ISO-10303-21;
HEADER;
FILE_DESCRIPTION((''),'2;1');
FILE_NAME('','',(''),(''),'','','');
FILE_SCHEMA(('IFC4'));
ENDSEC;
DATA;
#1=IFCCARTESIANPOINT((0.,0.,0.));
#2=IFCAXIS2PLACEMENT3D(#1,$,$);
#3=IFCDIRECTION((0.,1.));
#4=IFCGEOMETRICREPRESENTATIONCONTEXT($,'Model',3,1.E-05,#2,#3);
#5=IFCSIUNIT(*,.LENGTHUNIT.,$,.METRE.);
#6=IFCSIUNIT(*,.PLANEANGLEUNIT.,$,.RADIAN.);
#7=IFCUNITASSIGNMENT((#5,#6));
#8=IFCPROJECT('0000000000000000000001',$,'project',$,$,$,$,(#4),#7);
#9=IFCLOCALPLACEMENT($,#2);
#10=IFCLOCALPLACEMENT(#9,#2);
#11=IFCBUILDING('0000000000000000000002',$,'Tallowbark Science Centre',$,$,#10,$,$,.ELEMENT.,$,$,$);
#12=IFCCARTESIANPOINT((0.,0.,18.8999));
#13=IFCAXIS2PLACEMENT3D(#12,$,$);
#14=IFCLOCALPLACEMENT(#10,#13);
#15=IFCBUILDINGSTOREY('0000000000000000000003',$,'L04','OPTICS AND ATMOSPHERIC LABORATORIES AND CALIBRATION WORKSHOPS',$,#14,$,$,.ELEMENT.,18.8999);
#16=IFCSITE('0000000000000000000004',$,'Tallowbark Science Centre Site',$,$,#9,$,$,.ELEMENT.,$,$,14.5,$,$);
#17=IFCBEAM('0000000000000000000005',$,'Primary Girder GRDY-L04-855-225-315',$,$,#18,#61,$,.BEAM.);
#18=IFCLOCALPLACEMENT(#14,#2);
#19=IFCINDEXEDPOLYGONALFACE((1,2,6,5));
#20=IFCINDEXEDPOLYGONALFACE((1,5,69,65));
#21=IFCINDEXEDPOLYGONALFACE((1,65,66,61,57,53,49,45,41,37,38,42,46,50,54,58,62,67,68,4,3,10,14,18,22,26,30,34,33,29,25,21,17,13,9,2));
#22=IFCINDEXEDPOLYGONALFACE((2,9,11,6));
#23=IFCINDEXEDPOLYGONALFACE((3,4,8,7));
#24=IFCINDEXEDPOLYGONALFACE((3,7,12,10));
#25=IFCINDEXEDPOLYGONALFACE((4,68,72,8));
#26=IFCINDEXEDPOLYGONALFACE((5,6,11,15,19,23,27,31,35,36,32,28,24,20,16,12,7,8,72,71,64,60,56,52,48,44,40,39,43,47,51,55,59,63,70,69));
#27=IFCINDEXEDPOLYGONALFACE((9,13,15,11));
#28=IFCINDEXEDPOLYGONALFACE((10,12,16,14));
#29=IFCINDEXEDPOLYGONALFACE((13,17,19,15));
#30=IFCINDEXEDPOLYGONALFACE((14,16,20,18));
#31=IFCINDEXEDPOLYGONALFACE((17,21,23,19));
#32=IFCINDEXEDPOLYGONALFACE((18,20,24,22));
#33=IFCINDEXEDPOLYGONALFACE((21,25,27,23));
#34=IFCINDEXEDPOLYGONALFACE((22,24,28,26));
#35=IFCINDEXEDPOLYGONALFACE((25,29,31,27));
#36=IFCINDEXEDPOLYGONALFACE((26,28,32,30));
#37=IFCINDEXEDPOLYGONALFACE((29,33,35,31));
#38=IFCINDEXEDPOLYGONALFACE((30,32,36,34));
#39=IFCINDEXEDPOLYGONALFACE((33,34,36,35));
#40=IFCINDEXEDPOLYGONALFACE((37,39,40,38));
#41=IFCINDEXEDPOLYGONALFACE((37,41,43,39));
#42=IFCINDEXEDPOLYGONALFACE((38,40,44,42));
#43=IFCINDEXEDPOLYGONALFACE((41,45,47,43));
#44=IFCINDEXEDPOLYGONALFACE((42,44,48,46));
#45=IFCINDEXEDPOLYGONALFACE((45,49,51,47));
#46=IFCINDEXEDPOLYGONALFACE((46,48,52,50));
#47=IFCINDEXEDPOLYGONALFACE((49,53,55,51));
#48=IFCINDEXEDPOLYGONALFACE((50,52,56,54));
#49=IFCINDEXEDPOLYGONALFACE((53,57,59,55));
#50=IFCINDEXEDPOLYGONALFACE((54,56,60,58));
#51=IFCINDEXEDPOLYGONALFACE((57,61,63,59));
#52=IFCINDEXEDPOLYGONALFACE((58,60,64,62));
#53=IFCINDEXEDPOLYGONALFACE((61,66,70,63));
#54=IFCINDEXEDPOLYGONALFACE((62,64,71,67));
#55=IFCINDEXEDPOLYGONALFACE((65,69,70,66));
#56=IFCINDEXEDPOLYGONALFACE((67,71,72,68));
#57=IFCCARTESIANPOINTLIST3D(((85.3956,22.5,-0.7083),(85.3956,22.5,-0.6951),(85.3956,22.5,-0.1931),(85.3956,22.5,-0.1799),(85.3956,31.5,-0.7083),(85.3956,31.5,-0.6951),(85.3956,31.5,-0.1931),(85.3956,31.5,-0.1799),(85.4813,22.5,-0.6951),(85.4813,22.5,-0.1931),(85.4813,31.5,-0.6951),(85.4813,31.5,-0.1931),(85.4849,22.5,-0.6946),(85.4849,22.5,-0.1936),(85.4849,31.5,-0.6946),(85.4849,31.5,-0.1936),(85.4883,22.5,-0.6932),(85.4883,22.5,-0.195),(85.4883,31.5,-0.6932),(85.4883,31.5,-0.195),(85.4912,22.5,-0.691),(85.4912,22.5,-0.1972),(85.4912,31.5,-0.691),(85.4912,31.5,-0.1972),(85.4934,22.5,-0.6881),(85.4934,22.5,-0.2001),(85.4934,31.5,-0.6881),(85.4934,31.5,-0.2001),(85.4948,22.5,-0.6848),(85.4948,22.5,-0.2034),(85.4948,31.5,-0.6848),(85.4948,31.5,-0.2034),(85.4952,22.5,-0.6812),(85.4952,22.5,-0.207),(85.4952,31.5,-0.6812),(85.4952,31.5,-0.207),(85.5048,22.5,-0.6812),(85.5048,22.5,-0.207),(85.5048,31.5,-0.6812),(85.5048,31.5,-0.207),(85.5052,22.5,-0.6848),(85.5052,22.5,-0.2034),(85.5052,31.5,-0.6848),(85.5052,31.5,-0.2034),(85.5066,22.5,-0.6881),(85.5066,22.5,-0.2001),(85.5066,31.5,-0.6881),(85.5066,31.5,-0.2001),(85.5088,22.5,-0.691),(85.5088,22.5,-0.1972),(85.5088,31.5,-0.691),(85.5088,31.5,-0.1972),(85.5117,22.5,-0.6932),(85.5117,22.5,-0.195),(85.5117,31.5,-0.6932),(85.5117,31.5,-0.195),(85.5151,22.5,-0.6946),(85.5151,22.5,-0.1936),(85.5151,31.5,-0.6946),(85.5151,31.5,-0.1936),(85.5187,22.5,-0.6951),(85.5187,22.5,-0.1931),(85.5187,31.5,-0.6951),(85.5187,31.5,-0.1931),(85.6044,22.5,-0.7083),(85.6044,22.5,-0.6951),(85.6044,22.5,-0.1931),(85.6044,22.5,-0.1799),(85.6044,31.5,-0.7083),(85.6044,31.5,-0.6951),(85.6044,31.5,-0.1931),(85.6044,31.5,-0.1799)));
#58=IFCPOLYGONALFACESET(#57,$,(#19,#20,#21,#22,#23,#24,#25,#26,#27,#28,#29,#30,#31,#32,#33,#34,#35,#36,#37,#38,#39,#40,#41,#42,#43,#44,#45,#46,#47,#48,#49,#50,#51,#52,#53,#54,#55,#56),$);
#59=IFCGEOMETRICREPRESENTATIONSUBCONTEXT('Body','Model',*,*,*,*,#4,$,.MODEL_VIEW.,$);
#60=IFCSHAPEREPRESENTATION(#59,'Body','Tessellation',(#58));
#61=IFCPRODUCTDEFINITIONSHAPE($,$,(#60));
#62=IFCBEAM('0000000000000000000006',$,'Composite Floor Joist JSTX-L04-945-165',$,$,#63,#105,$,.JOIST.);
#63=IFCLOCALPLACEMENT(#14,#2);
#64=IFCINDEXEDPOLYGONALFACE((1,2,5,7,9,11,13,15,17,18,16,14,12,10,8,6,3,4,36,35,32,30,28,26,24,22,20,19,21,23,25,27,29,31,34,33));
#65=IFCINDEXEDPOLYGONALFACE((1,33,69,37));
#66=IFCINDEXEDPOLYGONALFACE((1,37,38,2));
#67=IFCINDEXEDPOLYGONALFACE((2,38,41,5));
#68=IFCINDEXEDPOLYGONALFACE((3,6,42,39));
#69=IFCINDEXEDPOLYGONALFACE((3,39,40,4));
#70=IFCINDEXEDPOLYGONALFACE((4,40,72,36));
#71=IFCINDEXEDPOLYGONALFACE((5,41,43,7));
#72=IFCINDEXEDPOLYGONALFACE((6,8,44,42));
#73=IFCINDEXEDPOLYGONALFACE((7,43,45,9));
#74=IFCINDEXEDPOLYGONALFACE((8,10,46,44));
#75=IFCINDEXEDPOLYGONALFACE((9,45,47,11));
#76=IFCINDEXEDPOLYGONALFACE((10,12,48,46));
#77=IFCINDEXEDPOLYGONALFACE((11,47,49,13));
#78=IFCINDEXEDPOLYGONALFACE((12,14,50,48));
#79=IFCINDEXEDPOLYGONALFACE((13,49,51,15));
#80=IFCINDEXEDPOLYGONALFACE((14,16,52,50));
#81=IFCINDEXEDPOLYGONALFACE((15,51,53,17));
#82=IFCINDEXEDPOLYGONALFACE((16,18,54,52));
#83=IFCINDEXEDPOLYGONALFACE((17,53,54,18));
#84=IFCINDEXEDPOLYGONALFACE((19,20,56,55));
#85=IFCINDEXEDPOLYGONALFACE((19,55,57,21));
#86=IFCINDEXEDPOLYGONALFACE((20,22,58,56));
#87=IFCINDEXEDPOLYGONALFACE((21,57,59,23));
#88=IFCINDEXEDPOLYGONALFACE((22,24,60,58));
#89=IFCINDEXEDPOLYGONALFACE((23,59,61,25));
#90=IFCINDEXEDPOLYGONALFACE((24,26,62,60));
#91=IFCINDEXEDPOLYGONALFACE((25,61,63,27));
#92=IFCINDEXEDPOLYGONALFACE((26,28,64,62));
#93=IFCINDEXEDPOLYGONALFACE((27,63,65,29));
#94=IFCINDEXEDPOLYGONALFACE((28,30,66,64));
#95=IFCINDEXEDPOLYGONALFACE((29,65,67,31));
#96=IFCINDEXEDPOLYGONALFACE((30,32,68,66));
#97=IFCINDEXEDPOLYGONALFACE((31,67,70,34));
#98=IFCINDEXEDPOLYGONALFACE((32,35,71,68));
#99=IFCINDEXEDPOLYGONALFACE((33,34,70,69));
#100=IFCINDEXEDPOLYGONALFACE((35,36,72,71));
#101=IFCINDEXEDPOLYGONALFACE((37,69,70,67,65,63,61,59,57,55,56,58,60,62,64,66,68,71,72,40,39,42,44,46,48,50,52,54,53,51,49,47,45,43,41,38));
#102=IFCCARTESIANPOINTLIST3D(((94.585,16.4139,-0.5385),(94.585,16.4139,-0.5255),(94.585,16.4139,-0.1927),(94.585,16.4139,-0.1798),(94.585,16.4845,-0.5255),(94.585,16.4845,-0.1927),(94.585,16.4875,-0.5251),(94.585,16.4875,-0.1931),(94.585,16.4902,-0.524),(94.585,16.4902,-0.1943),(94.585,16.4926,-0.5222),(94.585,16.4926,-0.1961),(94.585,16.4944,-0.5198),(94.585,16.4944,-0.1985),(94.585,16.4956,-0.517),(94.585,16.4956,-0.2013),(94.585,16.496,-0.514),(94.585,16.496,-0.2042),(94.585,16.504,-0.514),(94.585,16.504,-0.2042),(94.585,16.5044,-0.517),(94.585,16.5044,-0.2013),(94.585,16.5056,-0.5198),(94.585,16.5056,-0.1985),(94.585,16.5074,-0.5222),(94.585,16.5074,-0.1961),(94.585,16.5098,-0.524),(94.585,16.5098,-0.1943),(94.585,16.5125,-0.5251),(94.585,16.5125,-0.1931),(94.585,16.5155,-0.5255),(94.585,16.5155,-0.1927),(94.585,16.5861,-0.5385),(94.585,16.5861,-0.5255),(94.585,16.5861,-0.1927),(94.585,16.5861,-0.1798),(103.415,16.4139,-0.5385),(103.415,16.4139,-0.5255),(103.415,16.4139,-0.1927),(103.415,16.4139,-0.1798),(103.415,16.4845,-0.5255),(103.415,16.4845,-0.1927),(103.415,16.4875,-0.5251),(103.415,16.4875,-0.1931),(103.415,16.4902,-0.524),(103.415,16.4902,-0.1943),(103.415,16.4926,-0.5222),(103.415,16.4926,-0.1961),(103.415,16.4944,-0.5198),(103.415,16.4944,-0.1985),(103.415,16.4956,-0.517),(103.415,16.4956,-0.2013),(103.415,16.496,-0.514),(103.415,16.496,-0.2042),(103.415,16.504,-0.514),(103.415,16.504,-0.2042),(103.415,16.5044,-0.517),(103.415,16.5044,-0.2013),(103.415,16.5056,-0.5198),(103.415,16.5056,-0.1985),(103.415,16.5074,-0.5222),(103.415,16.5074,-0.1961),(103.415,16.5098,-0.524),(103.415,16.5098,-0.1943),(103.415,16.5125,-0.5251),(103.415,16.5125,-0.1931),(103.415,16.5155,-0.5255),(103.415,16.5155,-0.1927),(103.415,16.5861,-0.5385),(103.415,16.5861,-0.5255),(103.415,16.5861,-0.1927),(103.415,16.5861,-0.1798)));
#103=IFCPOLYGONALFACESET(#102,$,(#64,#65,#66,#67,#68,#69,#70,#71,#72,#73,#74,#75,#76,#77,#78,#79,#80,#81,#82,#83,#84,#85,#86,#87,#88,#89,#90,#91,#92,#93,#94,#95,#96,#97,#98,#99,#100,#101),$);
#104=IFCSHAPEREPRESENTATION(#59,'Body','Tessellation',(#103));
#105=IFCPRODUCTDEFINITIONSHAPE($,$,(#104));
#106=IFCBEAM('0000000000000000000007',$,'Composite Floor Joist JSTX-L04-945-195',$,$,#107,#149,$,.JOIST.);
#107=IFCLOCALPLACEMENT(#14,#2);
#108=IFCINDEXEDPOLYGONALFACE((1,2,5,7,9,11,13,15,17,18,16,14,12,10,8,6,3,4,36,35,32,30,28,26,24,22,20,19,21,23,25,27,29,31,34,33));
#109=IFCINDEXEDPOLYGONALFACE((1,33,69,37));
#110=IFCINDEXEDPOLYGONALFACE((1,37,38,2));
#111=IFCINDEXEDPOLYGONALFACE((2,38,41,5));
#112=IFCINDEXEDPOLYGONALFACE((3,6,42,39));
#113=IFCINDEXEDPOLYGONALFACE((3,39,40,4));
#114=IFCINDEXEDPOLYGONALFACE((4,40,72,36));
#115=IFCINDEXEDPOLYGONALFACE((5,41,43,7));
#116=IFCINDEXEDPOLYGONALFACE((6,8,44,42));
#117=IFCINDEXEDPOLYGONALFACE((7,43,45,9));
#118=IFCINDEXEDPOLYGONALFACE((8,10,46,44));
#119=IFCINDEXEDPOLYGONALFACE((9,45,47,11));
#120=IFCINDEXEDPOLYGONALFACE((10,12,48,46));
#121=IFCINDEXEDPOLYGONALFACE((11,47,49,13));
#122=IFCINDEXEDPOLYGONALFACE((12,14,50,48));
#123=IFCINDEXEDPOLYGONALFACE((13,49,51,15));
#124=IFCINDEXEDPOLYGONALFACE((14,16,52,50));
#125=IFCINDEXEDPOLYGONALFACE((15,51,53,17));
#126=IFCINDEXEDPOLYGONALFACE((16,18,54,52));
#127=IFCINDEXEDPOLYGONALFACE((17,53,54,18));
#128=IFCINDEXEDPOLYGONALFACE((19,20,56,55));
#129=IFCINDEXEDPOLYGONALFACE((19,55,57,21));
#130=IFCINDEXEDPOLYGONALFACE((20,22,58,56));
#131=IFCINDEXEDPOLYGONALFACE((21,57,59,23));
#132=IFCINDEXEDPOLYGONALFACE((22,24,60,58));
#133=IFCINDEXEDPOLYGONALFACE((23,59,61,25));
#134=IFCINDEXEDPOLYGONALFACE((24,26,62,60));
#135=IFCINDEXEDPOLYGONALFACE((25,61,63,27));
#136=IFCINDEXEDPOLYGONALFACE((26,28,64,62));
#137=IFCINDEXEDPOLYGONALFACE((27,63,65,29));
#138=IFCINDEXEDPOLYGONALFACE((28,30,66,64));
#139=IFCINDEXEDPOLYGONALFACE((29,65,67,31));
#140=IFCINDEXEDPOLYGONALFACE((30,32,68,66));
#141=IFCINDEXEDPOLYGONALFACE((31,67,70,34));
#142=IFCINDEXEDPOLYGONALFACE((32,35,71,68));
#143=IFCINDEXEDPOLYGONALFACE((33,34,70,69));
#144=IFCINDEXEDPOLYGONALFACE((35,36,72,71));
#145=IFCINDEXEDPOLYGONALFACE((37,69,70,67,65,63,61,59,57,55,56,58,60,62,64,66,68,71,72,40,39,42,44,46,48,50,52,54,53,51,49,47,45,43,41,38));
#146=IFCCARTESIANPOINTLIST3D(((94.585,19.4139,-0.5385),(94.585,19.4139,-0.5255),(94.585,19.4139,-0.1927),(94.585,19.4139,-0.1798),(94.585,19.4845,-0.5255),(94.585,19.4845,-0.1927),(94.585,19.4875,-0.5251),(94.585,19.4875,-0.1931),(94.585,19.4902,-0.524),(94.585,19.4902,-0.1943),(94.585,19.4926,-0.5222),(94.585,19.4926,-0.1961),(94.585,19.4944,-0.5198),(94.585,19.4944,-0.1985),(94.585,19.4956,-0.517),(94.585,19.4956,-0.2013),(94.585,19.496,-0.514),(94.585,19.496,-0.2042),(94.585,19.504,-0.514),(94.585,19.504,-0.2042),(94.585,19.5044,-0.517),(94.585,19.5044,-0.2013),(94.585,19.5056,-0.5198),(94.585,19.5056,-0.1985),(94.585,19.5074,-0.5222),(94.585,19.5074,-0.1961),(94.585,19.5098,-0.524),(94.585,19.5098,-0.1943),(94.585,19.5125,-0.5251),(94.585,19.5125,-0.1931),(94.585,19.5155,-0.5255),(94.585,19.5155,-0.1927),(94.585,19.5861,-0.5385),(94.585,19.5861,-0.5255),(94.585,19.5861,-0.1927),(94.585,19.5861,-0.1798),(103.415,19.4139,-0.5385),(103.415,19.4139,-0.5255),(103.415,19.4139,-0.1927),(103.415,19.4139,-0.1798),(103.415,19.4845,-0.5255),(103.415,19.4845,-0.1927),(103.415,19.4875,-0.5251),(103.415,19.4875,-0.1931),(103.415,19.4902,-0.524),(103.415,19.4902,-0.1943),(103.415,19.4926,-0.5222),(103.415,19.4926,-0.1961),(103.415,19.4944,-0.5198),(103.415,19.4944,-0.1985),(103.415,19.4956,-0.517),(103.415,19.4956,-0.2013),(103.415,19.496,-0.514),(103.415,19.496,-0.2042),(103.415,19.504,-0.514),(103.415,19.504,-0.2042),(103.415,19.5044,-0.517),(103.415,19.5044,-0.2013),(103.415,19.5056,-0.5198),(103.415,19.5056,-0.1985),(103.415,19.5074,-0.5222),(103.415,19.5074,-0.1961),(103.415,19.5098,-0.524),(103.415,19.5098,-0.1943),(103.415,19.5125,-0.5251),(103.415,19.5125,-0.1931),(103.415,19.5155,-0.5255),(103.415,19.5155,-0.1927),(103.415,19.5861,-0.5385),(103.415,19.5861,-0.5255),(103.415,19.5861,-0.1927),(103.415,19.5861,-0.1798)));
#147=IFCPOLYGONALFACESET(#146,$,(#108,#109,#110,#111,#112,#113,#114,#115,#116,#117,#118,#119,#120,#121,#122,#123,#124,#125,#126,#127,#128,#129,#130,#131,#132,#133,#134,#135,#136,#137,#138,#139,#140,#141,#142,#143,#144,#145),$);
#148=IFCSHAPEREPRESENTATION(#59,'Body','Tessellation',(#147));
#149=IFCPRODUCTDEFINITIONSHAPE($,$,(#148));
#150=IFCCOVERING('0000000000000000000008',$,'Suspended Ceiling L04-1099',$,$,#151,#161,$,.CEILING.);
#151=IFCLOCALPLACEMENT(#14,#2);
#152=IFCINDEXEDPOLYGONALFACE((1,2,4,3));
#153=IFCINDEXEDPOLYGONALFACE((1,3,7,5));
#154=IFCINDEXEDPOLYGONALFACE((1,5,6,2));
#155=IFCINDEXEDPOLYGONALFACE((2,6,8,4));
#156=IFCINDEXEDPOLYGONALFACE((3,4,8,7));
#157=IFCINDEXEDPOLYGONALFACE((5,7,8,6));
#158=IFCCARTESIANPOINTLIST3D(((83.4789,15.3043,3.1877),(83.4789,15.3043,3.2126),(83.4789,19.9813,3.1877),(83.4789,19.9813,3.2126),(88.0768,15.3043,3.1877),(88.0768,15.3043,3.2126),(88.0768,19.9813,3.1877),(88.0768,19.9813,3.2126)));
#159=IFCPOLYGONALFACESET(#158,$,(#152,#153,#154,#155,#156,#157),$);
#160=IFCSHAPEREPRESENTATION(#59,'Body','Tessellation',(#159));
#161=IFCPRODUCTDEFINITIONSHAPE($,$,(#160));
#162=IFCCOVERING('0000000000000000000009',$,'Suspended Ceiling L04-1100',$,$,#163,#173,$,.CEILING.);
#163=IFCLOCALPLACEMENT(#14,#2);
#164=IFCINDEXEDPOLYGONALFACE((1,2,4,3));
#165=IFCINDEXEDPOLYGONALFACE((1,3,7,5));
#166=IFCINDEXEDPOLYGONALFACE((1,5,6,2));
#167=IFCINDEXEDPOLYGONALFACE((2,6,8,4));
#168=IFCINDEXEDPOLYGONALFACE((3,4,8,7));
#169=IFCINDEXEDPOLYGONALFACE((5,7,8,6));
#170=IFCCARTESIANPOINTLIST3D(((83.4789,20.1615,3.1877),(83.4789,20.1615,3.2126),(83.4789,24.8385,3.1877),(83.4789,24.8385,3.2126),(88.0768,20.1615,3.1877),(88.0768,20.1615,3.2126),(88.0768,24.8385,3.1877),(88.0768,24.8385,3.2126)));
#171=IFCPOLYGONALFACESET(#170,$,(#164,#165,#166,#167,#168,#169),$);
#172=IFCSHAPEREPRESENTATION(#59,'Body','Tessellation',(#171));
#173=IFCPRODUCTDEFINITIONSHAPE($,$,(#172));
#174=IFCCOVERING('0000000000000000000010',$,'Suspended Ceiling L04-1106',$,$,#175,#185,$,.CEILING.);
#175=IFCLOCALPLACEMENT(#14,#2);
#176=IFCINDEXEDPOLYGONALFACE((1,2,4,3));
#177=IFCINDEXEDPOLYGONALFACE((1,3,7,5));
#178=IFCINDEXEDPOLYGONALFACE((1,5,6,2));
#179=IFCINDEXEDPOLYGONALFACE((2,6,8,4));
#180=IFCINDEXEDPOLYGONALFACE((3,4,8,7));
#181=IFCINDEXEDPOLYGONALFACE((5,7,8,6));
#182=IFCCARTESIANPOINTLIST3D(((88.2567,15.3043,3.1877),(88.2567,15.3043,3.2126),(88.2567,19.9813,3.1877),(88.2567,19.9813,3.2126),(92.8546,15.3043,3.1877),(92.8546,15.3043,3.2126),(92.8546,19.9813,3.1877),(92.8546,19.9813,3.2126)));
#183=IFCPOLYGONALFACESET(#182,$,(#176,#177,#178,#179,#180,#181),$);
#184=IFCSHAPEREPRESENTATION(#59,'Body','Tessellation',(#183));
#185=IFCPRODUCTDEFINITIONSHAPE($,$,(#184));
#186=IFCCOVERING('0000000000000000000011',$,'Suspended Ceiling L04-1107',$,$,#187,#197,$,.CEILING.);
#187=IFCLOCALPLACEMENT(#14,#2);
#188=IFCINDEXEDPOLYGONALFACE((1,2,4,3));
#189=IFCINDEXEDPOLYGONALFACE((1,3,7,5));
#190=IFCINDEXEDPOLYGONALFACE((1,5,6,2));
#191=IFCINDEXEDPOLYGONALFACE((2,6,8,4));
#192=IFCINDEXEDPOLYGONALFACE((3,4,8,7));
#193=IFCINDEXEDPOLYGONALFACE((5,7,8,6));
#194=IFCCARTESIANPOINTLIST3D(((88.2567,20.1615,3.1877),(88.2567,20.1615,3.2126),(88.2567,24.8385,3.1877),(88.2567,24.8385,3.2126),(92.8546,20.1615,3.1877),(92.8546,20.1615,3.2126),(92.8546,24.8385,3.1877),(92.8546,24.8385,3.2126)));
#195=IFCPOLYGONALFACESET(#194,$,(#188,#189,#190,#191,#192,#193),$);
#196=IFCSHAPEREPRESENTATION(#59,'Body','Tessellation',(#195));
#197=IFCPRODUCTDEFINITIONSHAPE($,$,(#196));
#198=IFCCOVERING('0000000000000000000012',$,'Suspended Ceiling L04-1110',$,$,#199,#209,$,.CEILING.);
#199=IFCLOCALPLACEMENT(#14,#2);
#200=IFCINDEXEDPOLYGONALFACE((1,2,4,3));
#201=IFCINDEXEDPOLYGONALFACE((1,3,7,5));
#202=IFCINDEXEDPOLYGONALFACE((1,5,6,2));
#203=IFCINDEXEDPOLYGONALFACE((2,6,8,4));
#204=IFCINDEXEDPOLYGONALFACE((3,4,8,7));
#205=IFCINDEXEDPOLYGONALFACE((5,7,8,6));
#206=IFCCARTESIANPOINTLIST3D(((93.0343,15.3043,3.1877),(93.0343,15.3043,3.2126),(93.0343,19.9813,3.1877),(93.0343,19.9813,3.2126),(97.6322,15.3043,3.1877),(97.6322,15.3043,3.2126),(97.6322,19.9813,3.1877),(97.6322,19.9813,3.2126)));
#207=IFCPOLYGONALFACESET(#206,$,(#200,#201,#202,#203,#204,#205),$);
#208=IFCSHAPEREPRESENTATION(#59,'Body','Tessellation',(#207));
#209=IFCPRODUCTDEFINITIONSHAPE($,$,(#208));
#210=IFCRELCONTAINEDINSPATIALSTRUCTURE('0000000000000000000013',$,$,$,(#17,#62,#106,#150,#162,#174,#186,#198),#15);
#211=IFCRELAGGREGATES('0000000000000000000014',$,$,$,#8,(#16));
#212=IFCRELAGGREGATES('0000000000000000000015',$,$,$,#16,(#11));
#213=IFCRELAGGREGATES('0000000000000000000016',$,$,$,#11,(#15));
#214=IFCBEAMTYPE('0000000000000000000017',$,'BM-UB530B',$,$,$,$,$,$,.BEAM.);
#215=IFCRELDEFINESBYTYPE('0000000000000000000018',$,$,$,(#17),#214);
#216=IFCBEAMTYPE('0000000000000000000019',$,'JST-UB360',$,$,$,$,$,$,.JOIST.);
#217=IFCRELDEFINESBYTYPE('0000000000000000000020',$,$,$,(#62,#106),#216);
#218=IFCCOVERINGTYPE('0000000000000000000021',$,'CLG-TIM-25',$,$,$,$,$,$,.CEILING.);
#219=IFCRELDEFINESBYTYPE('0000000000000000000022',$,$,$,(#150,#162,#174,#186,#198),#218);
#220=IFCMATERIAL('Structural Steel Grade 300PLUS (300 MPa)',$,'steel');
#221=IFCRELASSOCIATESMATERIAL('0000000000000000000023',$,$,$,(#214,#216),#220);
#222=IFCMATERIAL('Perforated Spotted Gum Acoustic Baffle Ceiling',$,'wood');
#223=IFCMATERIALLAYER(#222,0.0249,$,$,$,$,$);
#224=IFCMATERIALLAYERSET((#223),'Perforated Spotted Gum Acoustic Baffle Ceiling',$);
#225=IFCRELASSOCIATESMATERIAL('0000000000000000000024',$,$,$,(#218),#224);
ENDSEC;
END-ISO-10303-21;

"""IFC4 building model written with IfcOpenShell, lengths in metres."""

from ifc_helpers import new_model, si_unit, direction, frame, origin, origin_2d, place, context, subcontext, project, spatial, rectangle, i_section, extrude, material, layer, layer_set, material_profile, profile_set, type_object, element, save


model = new_model("IFC4")

# Units and contexts
model_context = context("Model", 3, precision=1e-05, world=origin(), true_north=direction((0.0, 1.0)))
body_context = subcontext(model_context, "Body", "Model", "MODEL_VIEW")
ifc_project = project(units=[si_unit("LENGTHUNIT", "METRE"), si_unit("PLANEANGLEUNIT", "RADIAN")], contexts=[model_context])

# Site, building, storey
site_placement = place(None, origin())
site = spatial("IfcSite", under=ifc_project, at=site_placement, Name="Tallowbark Science Centre Site", CompositionType="ELEMENT", RefElevation=14.5)
building_placement = place(site_placement, origin())
building = spatial("IfcBuilding", under=site, at=building_placement, Name="Tallowbark Science Centre", CompositionType="ELEMENT")
storey_placement = place(building_placement, frame((0.0, 0.0, 18.8999)))
storey = spatial("IfcBuildingStorey", under=building, at=storey_placement, Name="L04", Description="OPTICS AND ATMOSPHERIC LABORATORIES AND CALIBRATION WORKSHOPS", CompositionType="ELEMENT", Elevation=18.8999)

# Shared definitions
ifc_material_1 = material(Name="Structural Steel Grade 300PLUS (300 MPa)", Category="steel")

# Beams
ifc_material_profile_1 = material_profile(ifc_material_1, i_section(OverallWidth=0.2087, OverallDepth=0.5283, WebThickness=0.0095, FlangeThickness=0.0132, FilletRadius=0.0139, at=origin_2d()), Name="530UB82.0")
ifc_profile_set_1 = profile_set([ifc_material_profile_1], Name="Structural Steel Grade 300PLUS (300 MPa)")
beam_type_1 = type_object("IfcBeamType", Name="BM-UB530B", PredefinedType="BEAM", material=ifc_profile_set_1)
beam_placement = place(storey_placement, frame((85.5, 22.5, -0.4441), z_axis=(0.0, 1.0, 0.0), x_axis=(-1.0, 0.0, 0.0)))
element("IfcBeam", 1, at=beam_placement, inside=storey, type_object=beam_type_1, Name="Primary Girder GRDY-L04-855-225-315", PredefinedType="BEAM", context=body_context, shape_type="SweptSolid", body=[
    extrude(i_section(OverallWidth=0.2087, OverallDepth=0.5283, WebThickness=0.0095, FlangeThickness=0.0132, FilletRadius=0.0139, at=origin_2d()), origin(), (0.0, 0.0, 1.0), 9.0),
])
ifc_material_profile_2 = material_profile(ifc_material_1, i_section(OverallWidth=0.1721, OverallDepth=0.3586, WebThickness=0.0081, FlangeThickness=0.0129, FilletRadius=0.0115, at=origin_2d()), Name="360UB56.7")
ifc_profile_set_2 = profile_set([ifc_material_profile_2], Name="Structural Steel Grade 300PLUS (300 MPa)")
beam_type_2 = type_object("IfcBeamType", Name="JST-UB360", PredefinedType="JOIST", material=ifc_profile_set_2)
for number, where, z_axis, x_axis, name in (
    (2, (94.585, 16.5, -0.3591), (1.0, 0.0, 0.0), (0.0, 1.0, 0.0), "Composite Floor Joist JSTX-L04-945-165"),
    (3, (94.585, 19.5, -0.3591), (1.0, 0.0, 0.0), (0.0, 1.0, 0.0), "Composite Floor Joist JSTX-L04-945-195"),
):
    element("IfcBeam", number, at=place(storey_placement, frame(where, z_axis=z_axis, x_axis=x_axis)), inside=storey, type_object=beam_type_2, Name=name, PredefinedType="JOIST", context=body_context, shape_type="SweptSolid", body=[
        extrude(i_section(OverallWidth=0.1721, OverallDepth=0.3586, WebThickness=0.0081, FlangeThickness=0.0129, FilletRadius=0.0115, at=origin_2d()), origin(), (0.0, 0.0, 1.0), 8.8301),
    ])

# Coverings
ifc_material_2 = material(Name="Perforated Spotted Gum Acoustic Baffle Ceiling", Category="wood")
ifc_layer_1 = layer(ifc_material_2, 0.0249)
ifc_layer_set_1 = layer_set([ifc_layer_1], Name="Perforated Spotted Gum Acoustic Baffle Ceiling")
covering_type_1 = type_object("IfcCoveringType", Name="CLG-TIM-25", PredefinedType="CEILING", material=ifc_layer_set_1)
for number, where, z_axis, x_axis, name in (
    (4, (85.7778, 17.6428, 3.1877), (0.0, 0.0, 1.0), (1.0, 0.0, 0.0), "Suspended Ceiling L04-1099"),
    (5, (85.7778, 22.5, 3.1877), (0.0, 0.0, 1.0), (1.0, 0.0, 0.0), "Suspended Ceiling L04-1100"),
    (6, (90.5557, 17.6428, 3.1877), (0.0, 0.0, 1.0), (1.0, 0.0, 0.0), "Suspended Ceiling L04-1106"),
    (7, (90.5557, 22.5, 3.1877), (0.0, 0.0, 1.0), (1.0, 0.0, 0.0), "Suspended Ceiling L04-1107"),
    (8, (95.3333, 17.6428, 3.1877), (0.0, 0.0, 1.0), (1.0, 0.0, 0.0), "Suspended Ceiling L04-1110"),
):
    element("IfcCovering", number, at=place(storey_placement, frame(where, z_axis=z_axis, x_axis=x_axis)), inside=storey, type_object=covering_type_1, Name=name, PredefinedType="CEILING", context=body_context, shape_type="SweptSolid", body=[
        extrude(rectangle(XDim=4.5979, YDim=4.677, at=origin_2d()), origin(), (0.0, 0.0, 1.0), 0.0249),
    ])

save(model, "model.ifc")
